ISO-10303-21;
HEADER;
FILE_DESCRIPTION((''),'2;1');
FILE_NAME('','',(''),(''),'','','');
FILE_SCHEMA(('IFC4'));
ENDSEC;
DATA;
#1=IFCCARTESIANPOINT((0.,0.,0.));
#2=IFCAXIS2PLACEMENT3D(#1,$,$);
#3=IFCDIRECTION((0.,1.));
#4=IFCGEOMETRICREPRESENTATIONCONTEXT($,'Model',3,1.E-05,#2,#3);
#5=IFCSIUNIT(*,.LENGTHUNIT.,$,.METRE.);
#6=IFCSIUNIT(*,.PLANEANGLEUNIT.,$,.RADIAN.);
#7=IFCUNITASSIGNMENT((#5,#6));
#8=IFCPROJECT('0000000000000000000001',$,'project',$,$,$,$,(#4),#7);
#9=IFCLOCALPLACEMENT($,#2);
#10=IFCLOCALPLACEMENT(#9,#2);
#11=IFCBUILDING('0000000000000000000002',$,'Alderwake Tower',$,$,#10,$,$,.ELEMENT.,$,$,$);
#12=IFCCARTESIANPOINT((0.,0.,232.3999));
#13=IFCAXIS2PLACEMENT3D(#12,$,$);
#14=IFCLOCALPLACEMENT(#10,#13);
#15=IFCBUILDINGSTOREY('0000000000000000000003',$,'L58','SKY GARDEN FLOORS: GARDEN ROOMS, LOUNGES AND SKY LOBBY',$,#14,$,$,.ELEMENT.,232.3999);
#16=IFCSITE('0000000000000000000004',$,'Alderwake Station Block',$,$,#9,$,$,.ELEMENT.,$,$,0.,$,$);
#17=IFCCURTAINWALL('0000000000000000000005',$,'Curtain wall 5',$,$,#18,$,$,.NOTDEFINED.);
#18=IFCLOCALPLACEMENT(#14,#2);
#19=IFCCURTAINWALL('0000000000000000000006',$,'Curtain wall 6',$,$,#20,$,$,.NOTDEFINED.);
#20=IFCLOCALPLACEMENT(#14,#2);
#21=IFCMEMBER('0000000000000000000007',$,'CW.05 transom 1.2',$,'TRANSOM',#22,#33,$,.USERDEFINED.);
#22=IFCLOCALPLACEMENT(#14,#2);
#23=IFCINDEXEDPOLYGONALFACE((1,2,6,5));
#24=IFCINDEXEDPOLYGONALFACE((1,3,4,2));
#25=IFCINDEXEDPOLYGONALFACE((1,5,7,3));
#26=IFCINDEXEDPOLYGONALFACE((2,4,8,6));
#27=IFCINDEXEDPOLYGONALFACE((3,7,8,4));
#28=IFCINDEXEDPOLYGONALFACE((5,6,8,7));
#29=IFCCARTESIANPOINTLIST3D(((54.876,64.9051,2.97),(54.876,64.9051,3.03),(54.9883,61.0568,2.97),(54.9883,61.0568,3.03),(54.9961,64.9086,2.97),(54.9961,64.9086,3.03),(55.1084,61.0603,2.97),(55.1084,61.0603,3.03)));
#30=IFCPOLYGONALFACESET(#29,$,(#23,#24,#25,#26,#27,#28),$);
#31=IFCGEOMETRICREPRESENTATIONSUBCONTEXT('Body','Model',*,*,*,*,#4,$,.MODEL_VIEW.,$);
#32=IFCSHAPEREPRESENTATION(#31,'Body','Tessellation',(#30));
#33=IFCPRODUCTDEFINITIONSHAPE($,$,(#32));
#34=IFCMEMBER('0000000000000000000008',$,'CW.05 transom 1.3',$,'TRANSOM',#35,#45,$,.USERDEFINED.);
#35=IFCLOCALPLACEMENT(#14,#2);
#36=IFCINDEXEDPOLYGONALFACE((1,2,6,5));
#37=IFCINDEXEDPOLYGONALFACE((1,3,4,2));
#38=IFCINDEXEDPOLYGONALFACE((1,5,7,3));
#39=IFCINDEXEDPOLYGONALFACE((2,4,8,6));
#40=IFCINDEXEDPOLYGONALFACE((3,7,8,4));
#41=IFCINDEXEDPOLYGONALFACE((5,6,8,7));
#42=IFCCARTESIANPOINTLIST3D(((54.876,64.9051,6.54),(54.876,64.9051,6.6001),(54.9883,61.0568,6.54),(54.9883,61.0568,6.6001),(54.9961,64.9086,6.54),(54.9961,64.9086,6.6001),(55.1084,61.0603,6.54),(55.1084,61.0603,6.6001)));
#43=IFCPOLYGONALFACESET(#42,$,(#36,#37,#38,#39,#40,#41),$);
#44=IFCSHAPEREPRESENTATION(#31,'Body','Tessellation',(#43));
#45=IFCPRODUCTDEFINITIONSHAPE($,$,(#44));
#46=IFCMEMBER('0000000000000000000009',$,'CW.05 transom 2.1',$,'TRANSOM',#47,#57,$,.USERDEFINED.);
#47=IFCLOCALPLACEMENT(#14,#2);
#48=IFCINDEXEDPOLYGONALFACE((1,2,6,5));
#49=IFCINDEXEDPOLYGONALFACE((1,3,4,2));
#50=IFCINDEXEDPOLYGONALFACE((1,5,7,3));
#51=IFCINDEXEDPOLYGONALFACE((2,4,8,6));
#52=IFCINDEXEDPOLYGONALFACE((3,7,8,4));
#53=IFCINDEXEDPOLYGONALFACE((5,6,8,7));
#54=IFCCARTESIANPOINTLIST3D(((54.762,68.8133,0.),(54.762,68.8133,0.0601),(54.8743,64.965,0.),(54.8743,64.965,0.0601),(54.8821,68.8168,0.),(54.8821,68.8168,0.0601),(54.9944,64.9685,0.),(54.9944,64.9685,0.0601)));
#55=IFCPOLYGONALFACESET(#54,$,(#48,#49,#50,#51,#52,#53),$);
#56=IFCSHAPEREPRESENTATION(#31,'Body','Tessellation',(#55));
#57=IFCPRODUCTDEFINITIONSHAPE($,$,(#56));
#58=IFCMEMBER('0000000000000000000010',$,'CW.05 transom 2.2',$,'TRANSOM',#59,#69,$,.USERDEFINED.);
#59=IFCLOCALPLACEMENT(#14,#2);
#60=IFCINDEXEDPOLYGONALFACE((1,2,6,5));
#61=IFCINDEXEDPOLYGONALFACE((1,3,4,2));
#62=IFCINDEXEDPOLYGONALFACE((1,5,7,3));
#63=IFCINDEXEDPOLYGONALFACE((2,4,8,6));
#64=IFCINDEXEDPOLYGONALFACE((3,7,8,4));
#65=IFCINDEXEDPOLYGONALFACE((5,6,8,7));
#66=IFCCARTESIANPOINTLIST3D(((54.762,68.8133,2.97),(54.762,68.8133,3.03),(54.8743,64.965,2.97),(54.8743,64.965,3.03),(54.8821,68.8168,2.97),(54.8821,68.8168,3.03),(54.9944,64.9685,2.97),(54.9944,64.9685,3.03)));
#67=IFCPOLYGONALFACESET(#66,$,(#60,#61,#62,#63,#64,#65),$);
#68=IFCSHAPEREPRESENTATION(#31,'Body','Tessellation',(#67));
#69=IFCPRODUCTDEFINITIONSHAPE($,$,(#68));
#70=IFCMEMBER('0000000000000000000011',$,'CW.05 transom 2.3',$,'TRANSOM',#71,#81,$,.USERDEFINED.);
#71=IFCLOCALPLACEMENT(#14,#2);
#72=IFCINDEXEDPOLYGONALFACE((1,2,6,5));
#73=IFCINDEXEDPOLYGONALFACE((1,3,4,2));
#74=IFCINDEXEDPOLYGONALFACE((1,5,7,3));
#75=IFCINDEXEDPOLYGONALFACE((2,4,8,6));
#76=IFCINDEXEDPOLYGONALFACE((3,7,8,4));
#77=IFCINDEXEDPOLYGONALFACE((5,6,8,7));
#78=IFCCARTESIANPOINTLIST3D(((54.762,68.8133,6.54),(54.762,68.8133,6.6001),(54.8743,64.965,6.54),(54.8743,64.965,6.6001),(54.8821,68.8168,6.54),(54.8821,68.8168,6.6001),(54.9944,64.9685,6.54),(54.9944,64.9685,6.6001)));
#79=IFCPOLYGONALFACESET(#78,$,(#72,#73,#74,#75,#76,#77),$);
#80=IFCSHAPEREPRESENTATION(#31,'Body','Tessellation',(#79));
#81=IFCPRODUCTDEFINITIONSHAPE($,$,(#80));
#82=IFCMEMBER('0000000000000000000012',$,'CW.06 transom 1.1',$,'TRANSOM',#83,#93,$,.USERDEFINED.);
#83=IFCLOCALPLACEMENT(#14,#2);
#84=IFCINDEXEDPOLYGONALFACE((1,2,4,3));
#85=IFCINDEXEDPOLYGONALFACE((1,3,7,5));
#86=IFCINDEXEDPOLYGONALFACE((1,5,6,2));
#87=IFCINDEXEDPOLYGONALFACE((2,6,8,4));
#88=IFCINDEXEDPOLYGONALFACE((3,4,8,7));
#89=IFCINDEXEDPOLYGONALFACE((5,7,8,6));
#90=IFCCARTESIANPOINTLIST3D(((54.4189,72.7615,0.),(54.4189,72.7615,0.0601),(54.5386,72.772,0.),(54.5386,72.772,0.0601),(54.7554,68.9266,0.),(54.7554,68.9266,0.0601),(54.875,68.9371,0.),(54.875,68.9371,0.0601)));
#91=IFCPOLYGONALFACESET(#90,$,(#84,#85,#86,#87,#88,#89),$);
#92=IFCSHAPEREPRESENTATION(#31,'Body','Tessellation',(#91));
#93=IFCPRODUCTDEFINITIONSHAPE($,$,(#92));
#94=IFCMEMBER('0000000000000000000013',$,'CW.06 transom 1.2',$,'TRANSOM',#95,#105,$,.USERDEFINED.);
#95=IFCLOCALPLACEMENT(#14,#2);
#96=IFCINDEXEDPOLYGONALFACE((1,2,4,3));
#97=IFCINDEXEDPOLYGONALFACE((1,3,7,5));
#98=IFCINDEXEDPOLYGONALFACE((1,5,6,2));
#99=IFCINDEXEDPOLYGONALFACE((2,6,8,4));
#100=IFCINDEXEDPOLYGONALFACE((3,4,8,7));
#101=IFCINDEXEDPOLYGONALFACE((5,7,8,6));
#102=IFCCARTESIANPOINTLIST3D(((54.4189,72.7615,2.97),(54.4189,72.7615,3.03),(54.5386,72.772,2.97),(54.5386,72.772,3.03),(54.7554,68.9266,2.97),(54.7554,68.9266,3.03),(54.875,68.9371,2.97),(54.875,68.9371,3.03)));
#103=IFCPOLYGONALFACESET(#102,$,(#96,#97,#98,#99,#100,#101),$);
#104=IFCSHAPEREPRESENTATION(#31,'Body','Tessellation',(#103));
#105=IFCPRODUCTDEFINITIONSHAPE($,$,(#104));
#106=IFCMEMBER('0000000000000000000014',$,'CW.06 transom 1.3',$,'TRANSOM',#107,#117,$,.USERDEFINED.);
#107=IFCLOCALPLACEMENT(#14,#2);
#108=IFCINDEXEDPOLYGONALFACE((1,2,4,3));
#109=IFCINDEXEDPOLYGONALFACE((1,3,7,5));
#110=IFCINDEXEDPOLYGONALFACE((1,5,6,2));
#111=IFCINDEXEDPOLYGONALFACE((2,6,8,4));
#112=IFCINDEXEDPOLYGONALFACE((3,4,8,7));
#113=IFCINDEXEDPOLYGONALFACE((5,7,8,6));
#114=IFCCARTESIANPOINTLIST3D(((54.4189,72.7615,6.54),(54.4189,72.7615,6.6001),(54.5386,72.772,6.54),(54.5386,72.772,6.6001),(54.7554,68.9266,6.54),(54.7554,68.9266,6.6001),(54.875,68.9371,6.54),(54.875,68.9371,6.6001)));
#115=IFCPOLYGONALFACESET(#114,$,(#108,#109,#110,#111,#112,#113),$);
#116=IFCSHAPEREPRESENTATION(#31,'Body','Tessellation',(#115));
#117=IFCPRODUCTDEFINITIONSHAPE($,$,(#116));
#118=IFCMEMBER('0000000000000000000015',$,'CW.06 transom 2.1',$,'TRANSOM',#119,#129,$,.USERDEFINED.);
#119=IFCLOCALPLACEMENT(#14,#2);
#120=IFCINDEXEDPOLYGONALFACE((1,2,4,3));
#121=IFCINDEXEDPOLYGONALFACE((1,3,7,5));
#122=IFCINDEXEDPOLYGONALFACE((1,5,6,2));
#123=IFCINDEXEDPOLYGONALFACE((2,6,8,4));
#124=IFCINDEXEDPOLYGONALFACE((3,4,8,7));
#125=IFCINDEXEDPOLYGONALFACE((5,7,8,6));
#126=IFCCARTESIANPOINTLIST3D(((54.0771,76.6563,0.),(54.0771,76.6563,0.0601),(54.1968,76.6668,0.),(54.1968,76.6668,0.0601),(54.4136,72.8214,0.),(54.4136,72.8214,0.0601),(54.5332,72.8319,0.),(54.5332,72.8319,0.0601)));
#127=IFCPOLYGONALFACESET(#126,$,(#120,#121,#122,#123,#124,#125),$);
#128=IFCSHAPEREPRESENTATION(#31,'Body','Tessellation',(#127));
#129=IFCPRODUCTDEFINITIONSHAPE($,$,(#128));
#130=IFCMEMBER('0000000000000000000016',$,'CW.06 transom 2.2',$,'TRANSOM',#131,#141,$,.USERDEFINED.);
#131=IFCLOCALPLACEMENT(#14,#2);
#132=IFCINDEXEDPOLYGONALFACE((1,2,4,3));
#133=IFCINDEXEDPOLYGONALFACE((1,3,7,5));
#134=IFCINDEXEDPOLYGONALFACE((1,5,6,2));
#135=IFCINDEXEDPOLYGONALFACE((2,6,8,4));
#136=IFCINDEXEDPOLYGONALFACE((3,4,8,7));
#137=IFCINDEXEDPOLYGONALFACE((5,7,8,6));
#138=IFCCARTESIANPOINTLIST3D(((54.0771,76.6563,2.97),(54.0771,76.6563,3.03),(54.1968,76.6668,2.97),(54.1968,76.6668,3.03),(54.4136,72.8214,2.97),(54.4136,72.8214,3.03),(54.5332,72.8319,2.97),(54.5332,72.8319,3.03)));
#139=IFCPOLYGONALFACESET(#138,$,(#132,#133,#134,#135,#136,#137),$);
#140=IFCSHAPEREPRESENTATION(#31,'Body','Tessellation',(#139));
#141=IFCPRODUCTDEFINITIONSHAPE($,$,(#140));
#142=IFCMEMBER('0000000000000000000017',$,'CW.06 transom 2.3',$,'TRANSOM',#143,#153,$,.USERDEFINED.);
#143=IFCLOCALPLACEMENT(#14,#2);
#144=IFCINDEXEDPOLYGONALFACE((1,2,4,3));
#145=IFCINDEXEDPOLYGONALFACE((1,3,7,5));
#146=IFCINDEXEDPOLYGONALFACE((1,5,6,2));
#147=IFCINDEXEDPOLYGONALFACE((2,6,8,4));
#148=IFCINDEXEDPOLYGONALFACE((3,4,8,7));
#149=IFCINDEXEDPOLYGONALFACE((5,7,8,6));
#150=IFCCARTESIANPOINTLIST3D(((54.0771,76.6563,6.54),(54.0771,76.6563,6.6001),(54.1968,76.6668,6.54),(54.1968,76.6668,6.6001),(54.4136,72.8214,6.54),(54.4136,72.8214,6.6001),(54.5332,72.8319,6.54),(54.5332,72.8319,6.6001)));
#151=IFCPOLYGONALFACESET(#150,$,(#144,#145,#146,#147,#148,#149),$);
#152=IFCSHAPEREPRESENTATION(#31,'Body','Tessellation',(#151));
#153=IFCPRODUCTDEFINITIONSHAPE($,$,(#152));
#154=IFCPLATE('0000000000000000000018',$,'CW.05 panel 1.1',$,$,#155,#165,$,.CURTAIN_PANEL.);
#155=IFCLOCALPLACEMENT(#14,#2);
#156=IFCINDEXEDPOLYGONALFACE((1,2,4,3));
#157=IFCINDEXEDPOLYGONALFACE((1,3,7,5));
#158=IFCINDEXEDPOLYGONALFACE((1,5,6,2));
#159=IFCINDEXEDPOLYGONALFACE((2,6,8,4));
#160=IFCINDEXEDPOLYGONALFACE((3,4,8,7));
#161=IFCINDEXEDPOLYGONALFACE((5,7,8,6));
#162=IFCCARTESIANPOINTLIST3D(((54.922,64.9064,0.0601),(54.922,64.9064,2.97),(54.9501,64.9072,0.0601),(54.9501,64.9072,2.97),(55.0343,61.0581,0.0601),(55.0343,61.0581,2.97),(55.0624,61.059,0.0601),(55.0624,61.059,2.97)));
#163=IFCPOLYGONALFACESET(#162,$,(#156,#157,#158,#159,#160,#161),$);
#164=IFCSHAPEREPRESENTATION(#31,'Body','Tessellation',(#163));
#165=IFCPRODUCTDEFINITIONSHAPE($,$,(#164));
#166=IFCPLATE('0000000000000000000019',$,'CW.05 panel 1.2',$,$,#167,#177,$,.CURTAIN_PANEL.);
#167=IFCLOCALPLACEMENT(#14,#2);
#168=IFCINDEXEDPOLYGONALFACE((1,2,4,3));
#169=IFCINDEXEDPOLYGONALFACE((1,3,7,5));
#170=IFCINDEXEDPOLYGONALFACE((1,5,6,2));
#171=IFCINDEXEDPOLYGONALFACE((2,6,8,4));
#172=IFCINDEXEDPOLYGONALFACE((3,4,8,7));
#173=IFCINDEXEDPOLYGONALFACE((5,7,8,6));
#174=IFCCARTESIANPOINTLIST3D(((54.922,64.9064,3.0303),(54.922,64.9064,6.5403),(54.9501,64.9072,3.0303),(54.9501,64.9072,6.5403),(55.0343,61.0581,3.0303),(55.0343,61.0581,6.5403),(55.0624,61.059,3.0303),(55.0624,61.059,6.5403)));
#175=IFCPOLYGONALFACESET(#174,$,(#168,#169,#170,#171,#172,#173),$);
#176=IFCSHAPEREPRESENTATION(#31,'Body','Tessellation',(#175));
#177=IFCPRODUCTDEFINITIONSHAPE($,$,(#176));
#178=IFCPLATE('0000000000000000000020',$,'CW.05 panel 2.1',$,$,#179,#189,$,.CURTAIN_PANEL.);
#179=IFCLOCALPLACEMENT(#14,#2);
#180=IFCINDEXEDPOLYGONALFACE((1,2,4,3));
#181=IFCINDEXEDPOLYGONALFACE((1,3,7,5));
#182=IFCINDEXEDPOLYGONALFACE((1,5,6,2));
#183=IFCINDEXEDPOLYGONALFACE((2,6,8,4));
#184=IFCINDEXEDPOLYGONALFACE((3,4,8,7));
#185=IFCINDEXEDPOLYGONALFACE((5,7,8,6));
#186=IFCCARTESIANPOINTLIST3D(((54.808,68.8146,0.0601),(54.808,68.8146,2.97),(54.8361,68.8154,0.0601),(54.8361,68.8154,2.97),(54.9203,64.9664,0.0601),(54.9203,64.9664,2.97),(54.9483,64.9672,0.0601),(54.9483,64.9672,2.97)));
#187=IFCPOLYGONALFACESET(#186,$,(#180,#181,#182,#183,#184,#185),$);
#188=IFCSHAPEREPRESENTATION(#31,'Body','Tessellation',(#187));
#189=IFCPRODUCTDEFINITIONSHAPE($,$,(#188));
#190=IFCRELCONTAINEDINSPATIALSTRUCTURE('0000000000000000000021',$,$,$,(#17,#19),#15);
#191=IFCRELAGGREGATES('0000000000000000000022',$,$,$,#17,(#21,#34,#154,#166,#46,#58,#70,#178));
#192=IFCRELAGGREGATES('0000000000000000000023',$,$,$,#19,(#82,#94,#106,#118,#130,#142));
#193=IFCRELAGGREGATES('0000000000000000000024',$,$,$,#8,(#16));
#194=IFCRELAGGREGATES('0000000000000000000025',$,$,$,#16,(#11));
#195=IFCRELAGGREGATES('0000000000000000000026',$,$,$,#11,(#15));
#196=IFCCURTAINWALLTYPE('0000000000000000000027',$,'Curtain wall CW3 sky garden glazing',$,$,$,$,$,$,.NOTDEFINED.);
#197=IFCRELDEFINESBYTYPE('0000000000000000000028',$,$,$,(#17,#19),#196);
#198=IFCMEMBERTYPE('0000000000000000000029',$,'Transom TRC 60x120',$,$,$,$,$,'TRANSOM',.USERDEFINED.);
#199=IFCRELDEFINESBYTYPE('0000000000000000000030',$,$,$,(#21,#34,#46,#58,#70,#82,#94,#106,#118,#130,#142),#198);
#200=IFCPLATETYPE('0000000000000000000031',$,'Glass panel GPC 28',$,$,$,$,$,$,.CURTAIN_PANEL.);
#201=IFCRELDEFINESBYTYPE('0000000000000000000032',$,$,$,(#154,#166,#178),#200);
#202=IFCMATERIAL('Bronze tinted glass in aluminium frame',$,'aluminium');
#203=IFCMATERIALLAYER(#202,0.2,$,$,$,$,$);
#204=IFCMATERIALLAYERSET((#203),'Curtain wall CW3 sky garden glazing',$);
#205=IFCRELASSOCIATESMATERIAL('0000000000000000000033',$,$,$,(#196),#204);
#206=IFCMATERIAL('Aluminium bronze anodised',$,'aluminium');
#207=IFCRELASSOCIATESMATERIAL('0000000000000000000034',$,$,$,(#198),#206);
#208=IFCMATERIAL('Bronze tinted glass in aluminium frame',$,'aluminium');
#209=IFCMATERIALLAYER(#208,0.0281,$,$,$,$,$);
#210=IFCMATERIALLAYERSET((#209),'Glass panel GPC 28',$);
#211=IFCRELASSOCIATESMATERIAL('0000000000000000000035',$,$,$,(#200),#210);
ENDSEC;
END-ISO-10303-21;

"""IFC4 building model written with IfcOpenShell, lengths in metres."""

from ifc_helpers import new_model, si_unit, direction, frame, origin, origin_2d, place, context, subcontext, project, spatial, rectangle, extrude, material, layer, layer_set, material_profile, profile_set, type_object, element, aggregate, save


model = new_model("IFC4")

# Units and contexts
model_context = context("Model", 3, precision=1e-05, world=origin(), true_north=direction((0.0, 1.0)))
body_context = subcontext(model_context, "Body", "Model", "MODEL_VIEW")
ifc_project = project(units=[si_unit("LENGTHUNIT", "METRE"), si_unit("PLANEANGLEUNIT", "RADIAN")], contexts=[model_context])

# Site, building, storey
site_placement = place(None, origin())
site = spatial("IfcSite", under=ifc_project, at=site_placement, Name="Alderwake Station Block", CompositionType="ELEMENT", RefElevation=0.0)
building_placement = place(site_placement, origin())
building = spatial("IfcBuilding", under=site, at=building_placement, Name="Alderwake Tower", CompositionType="ELEMENT")
storey_placement = place(building_placement, frame((0.0, 0.0, 232.3999)))
storey = spatial("IfcBuildingStorey", under=building, at=storey_placement, Name="L58", Description="SKY GARDEN FLOORS: GARDEN ROOMS, LOUNGES AND SKY LOBBY", CompositionType="ELEMENT", Elevation=232.3999)

# Curtain walls
ifc_material_1 = material(Name="Bronze tinted glass in aluminium frame", Category="aluminium")
ifc_layer_1 = layer(ifc_material_1, 0.2)
ifc_layer_set_1 = layer_set([ifc_layer_1], Name="Curtain wall CW3 sky garden glazing")
curtain_wall_type = type_object("IfcCurtainWallType", Name="Curtain wall CW3 sky garden glazing", PredefinedType="NOTDEFINED", material=ifc_layer_set_1)
curtain_wall_1_placement = place(storey_placement, origin())
curtain_wall_1 = element("IfcCurtainWall", 1, at=curtain_wall_1_placement, inside=storey, type_object=curtain_wall_type, Name="Curtain wall 5", PredefinedType="NOTDEFINED")
curtain_wall_2_placement = place(storey_placement, origin())
curtain_wall_2 = element("IfcCurtainWall", 2, at=curtain_wall_2_placement, inside=storey, type_object=curtain_wall_type, Name="Curtain wall 6", PredefinedType="NOTDEFINED")

# Members
ifc_material_2 = material(Name="Aluminium bronze anodised", Category="aluminium")
ifc_material_profile_1 = material_profile(ifc_material_2, rectangle(XDim=0.1201, YDim=0.0601, at=origin_2d()), Name="Transom TRC 60x120")
ifc_profile_set_1 = profile_set([ifc_material_profile_1], Name="Aluminium bronze anodised")
member_type_1 = type_object("IfcMemberType", Name="Transom TRC 60x120", ElementType="TRANSOM", PredefinedType="USERDEFINED", material=ifc_profile_set_1)
member_1_placement = place(storey_placement, frame((55.0483, 61.0586, 3.0), z_axis=(-0.029172, 0.999574, 0.0), x_axis=(-0.999574, -0.029172, 0.0)))
member_1 = element("IfcMember", 3, at=member_1_placement, type_object=member_type_1, Name="CW.05 transom 1.2", ObjectType="TRANSOM", PredefinedType="USERDEFINED", context=body_context, shape_type="SweptSolid", body=[
    extrude(rectangle(XDim=0.1201, YDim=0.0601, at=origin_2d()), origin(), (0.0, 0.0, 1.0), 3.8499),
])
member_2_placement = place(storey_placement, frame((55.0483, 61.0586, 6.5701), z_axis=(-0.029172, 0.999574, 0.0), x_axis=(-0.999574, -0.029172, 0.0)))
member_2 = element("IfcMember", 4, at=member_2_placement, type_object=member_type_1, Name="CW.05 transom 1.3", ObjectType="TRANSOM", PredefinedType="USERDEFINED", context=body_context, shape_type="SweptSolid", body=[
    extrude(rectangle(XDim=0.1201, YDim=0.0601, at=origin_2d()), origin(), (0.0, 0.0, 1.0), 3.8499),
])
member_3_placement = place(storey_placement, frame((54.9343, 64.9668, 0.03), z_axis=(-0.029172, 0.999574, 0.0), x_axis=(-0.999574, -0.029172, 0.0)))
member_3 = element("IfcMember", 5, at=member_3_placement, type_object=member_type_1, Name="CW.05 transom 2.1", ObjectType="TRANSOM", PredefinedType="USERDEFINED", context=body_context, shape_type="SweptSolid", body=[
    extrude(rectangle(XDim=0.1201, YDim=0.0601, at=origin_2d()), origin(), (0.0, 0.0, 1.0), 3.8499),
])
member_4_placement = place(storey_placement, frame((54.9343, 64.9668, 3.0), z_axis=(-0.029172, 0.999574, 0.0), x_axis=(-0.999574, -0.029172, 0.0)))
member_4 = element("IfcMember", 6, at=member_4_placement, type_object=member_type_1, Name="CW.05 transom 2.2", ObjectType="TRANSOM", PredefinedType="USERDEFINED", context=body_context, shape_type="SweptSolid", body=[
    extrude(rectangle(XDim=0.1201, YDim=0.0601, at=origin_2d()), origin(), (0.0, 0.0, 1.0), 3.8499),
])
member_5_placement = place(storey_placement, frame((54.9343, 64.9668, 6.5701), z_axis=(-0.029172, 0.999574, 0.0), x_axis=(-0.999574, -0.029172, 0.0)))
member_5 = element("IfcMember", 7, at=member_5_placement, type_object=member_type_1, Name="CW.05 transom 2.3", ObjectType="TRANSOM", PredefinedType="USERDEFINED", context=body_context, shape_type="SweptSolid", body=[
    extrude(rectangle(XDim=0.1201, YDim=0.0601, at=origin_2d()), origin(), (0.0, 0.0, 1.0), 3.8499),
])
member_6_placement = place(storey_placement, frame((54.8152, 68.9319, 0.03), z_axis=(-0.08739, 0.996174, 0.0), x_axis=(-0.996174, -0.08739, 0.0)))
member_6 = element("IfcMember", 8, at=member_6_placement, type_object=member_type_1, Name="CW.06 transom 1.1", ObjectType="TRANSOM", PredefinedType="USERDEFINED", context=body_context, shape_type="SweptSolid", body=[
    extrude(rectangle(XDim=0.1201, YDim=0.0601, at=origin_2d()), origin(), (0.0, 0.0, 1.0), 3.8496),
])
member_7_placement = place(storey_placement, frame((54.8152, 68.9319, 3.0), z_axis=(-0.08739, 0.996174, 0.0), x_axis=(-0.996174, -0.08739, 0.0)))
member_7 = element("IfcMember", 9, at=member_7_placement, type_object=member_type_1, Name="CW.06 transom 1.2", ObjectType="TRANSOM", PredefinedType="USERDEFINED", context=body_context, shape_type="SweptSolid", body=[
    extrude(rectangle(XDim=0.1201, YDim=0.0601, at=origin_2d()), origin(), (0.0, 0.0, 1.0), 3.8496),
])
member_8_placement = place(storey_placement, frame((54.8152, 68.9319, 6.5701), z_axis=(-0.08739, 0.996174, 0.0), x_axis=(-0.996174, -0.08739, 0.0)))
member_8 = element("IfcMember", 10, at=member_8_placement, type_object=member_type_1, Name="CW.06 transom 1.3", ObjectType="TRANSOM", PredefinedType="USERDEFINED", context=body_context, shape_type="SweptSolid", body=[
    extrude(rectangle(XDim=0.1201, YDim=0.0601, at=origin_2d()), origin(), (0.0, 0.0, 1.0), 3.8496),
])
member_9_placement = place(storey_placement, frame((54.4734, 72.8267, 0.03), z_axis=(-0.08739, 0.996174, 0.0), x_axis=(-0.996174, -0.08739, 0.0)))
member_9 = element("IfcMember", 11, at=member_9_placement, type_object=member_type_1, Name="CW.06 transom 2.1", ObjectType="TRANSOM", PredefinedType="USERDEFINED", context=body_context, shape_type="SweptSolid", body=[
    extrude(rectangle(XDim=0.1201, YDim=0.0601, at=origin_2d()), origin(), (0.0, 0.0, 1.0), 3.8496),
])
member_10_placement = place(storey_placement, frame((54.4734, 72.8267, 3.0), z_axis=(-0.08739, 0.996174, 0.0), x_axis=(-0.996174, -0.08739, 0.0)))
member_10 = element("IfcMember", 12, at=member_10_placement, type_object=member_type_1, Name="CW.06 transom 2.2", ObjectType="TRANSOM", PredefinedType="USERDEFINED", context=body_context, shape_type="SweptSolid", body=[
    extrude(rectangle(XDim=0.1201, YDim=0.0601, at=origin_2d()), origin(), (0.0, 0.0, 1.0), 3.8496),
])
member_11_placement = place(storey_placement, frame((54.4734, 72.8267, 6.5701), z_axis=(-0.08739, 0.996174, 0.0), x_axis=(-0.996174, -0.08739, 0.0)))
member_11 = element("IfcMember", 13, at=member_11_placement, type_object=member_type_1, Name="CW.06 transom 2.3", ObjectType="TRANSOM", PredefinedType="USERDEFINED", context=body_context, shape_type="SweptSolid", body=[
    extrude(rectangle(XDim=0.1201, YDim=0.0601, at=origin_2d()), origin(), (0.0, 0.0, 1.0), 3.8496),
])

# Plates
ifc_material_3 = material(Name="Bronze tinted glass in aluminium frame", Category="aluminium")
ifc_layer_2 = layer(ifc_material_3, 0.0281)
ifc_layer_set_2 = layer_set([ifc_layer_2], Name="Glass panel GPC 28")
plate_type = type_object("IfcPlateType", Name="Glass panel GPC 28", PredefinedType="CURTAIN_PANEL", material=ifc_layer_set_2)
plate_1_placement = place(storey_placement, frame((54.9922, 62.9827, 0.0601), z_axis=(0.0, 0.0, 1.0), x_axis=(-0.029163, 0.999575, 0.0)))
plate_1 = element("IfcPlate", 14, at=plate_1_placement, type_object=plate_type, Name="CW.05 panel 1.1", PredefinedType="CURTAIN_PANEL", context=body_context, shape_type="SweptSolid", body=[
    extrude(rectangle(XDim=3.8499, YDim=0.0281, at=origin_2d()), origin(), (0.0, 0.0, 1.0), 2.9099),
])
plate_2_placement = place(storey_placement, frame((54.9922, 62.9827, 3.0303), z_axis=(0.0, 0.0, 1.0), x_axis=(-0.029163, 0.999575, 0.0)))
plate_2 = element("IfcPlate", 15, at=plate_2_placement, type_object=plate_type, Name="CW.05 panel 1.2", PredefinedType="CURTAIN_PANEL", context=body_context, shape_type="SweptSolid", body=[
    extrude(rectangle(XDim=3.8499, YDim=0.0281, at=origin_2d()), origin(), (0.0, 0.0, 1.0), 3.51),
])
plate_3_placement = place(storey_placement, frame((54.8782, 66.8909, 0.0601), z_axis=(0.0, 0.0, 1.0), x_axis=(-0.029163, 0.999575, 0.0)))
plate_3 = element("IfcPlate", 16, at=plate_3_placement, type_object=plate_type, Name="CW.05 panel 2.1", PredefinedType="CURTAIN_PANEL", context=body_context, shape_type="SweptSolid", body=[
    extrude(rectangle(XDim=3.8499, YDim=0.0281, at=origin_2d()), origin(), (0.0, 0.0, 1.0), 2.9099),
])
aggregate(curtain_wall_1, [member_1, member_2, plate_1, plate_2, member_3, member_4, member_5, plate_3])
aggregate(curtain_wall_2, [member_6, member_7, member_8, member_9, member_10, member_11])

save(model, "model.ifc")
